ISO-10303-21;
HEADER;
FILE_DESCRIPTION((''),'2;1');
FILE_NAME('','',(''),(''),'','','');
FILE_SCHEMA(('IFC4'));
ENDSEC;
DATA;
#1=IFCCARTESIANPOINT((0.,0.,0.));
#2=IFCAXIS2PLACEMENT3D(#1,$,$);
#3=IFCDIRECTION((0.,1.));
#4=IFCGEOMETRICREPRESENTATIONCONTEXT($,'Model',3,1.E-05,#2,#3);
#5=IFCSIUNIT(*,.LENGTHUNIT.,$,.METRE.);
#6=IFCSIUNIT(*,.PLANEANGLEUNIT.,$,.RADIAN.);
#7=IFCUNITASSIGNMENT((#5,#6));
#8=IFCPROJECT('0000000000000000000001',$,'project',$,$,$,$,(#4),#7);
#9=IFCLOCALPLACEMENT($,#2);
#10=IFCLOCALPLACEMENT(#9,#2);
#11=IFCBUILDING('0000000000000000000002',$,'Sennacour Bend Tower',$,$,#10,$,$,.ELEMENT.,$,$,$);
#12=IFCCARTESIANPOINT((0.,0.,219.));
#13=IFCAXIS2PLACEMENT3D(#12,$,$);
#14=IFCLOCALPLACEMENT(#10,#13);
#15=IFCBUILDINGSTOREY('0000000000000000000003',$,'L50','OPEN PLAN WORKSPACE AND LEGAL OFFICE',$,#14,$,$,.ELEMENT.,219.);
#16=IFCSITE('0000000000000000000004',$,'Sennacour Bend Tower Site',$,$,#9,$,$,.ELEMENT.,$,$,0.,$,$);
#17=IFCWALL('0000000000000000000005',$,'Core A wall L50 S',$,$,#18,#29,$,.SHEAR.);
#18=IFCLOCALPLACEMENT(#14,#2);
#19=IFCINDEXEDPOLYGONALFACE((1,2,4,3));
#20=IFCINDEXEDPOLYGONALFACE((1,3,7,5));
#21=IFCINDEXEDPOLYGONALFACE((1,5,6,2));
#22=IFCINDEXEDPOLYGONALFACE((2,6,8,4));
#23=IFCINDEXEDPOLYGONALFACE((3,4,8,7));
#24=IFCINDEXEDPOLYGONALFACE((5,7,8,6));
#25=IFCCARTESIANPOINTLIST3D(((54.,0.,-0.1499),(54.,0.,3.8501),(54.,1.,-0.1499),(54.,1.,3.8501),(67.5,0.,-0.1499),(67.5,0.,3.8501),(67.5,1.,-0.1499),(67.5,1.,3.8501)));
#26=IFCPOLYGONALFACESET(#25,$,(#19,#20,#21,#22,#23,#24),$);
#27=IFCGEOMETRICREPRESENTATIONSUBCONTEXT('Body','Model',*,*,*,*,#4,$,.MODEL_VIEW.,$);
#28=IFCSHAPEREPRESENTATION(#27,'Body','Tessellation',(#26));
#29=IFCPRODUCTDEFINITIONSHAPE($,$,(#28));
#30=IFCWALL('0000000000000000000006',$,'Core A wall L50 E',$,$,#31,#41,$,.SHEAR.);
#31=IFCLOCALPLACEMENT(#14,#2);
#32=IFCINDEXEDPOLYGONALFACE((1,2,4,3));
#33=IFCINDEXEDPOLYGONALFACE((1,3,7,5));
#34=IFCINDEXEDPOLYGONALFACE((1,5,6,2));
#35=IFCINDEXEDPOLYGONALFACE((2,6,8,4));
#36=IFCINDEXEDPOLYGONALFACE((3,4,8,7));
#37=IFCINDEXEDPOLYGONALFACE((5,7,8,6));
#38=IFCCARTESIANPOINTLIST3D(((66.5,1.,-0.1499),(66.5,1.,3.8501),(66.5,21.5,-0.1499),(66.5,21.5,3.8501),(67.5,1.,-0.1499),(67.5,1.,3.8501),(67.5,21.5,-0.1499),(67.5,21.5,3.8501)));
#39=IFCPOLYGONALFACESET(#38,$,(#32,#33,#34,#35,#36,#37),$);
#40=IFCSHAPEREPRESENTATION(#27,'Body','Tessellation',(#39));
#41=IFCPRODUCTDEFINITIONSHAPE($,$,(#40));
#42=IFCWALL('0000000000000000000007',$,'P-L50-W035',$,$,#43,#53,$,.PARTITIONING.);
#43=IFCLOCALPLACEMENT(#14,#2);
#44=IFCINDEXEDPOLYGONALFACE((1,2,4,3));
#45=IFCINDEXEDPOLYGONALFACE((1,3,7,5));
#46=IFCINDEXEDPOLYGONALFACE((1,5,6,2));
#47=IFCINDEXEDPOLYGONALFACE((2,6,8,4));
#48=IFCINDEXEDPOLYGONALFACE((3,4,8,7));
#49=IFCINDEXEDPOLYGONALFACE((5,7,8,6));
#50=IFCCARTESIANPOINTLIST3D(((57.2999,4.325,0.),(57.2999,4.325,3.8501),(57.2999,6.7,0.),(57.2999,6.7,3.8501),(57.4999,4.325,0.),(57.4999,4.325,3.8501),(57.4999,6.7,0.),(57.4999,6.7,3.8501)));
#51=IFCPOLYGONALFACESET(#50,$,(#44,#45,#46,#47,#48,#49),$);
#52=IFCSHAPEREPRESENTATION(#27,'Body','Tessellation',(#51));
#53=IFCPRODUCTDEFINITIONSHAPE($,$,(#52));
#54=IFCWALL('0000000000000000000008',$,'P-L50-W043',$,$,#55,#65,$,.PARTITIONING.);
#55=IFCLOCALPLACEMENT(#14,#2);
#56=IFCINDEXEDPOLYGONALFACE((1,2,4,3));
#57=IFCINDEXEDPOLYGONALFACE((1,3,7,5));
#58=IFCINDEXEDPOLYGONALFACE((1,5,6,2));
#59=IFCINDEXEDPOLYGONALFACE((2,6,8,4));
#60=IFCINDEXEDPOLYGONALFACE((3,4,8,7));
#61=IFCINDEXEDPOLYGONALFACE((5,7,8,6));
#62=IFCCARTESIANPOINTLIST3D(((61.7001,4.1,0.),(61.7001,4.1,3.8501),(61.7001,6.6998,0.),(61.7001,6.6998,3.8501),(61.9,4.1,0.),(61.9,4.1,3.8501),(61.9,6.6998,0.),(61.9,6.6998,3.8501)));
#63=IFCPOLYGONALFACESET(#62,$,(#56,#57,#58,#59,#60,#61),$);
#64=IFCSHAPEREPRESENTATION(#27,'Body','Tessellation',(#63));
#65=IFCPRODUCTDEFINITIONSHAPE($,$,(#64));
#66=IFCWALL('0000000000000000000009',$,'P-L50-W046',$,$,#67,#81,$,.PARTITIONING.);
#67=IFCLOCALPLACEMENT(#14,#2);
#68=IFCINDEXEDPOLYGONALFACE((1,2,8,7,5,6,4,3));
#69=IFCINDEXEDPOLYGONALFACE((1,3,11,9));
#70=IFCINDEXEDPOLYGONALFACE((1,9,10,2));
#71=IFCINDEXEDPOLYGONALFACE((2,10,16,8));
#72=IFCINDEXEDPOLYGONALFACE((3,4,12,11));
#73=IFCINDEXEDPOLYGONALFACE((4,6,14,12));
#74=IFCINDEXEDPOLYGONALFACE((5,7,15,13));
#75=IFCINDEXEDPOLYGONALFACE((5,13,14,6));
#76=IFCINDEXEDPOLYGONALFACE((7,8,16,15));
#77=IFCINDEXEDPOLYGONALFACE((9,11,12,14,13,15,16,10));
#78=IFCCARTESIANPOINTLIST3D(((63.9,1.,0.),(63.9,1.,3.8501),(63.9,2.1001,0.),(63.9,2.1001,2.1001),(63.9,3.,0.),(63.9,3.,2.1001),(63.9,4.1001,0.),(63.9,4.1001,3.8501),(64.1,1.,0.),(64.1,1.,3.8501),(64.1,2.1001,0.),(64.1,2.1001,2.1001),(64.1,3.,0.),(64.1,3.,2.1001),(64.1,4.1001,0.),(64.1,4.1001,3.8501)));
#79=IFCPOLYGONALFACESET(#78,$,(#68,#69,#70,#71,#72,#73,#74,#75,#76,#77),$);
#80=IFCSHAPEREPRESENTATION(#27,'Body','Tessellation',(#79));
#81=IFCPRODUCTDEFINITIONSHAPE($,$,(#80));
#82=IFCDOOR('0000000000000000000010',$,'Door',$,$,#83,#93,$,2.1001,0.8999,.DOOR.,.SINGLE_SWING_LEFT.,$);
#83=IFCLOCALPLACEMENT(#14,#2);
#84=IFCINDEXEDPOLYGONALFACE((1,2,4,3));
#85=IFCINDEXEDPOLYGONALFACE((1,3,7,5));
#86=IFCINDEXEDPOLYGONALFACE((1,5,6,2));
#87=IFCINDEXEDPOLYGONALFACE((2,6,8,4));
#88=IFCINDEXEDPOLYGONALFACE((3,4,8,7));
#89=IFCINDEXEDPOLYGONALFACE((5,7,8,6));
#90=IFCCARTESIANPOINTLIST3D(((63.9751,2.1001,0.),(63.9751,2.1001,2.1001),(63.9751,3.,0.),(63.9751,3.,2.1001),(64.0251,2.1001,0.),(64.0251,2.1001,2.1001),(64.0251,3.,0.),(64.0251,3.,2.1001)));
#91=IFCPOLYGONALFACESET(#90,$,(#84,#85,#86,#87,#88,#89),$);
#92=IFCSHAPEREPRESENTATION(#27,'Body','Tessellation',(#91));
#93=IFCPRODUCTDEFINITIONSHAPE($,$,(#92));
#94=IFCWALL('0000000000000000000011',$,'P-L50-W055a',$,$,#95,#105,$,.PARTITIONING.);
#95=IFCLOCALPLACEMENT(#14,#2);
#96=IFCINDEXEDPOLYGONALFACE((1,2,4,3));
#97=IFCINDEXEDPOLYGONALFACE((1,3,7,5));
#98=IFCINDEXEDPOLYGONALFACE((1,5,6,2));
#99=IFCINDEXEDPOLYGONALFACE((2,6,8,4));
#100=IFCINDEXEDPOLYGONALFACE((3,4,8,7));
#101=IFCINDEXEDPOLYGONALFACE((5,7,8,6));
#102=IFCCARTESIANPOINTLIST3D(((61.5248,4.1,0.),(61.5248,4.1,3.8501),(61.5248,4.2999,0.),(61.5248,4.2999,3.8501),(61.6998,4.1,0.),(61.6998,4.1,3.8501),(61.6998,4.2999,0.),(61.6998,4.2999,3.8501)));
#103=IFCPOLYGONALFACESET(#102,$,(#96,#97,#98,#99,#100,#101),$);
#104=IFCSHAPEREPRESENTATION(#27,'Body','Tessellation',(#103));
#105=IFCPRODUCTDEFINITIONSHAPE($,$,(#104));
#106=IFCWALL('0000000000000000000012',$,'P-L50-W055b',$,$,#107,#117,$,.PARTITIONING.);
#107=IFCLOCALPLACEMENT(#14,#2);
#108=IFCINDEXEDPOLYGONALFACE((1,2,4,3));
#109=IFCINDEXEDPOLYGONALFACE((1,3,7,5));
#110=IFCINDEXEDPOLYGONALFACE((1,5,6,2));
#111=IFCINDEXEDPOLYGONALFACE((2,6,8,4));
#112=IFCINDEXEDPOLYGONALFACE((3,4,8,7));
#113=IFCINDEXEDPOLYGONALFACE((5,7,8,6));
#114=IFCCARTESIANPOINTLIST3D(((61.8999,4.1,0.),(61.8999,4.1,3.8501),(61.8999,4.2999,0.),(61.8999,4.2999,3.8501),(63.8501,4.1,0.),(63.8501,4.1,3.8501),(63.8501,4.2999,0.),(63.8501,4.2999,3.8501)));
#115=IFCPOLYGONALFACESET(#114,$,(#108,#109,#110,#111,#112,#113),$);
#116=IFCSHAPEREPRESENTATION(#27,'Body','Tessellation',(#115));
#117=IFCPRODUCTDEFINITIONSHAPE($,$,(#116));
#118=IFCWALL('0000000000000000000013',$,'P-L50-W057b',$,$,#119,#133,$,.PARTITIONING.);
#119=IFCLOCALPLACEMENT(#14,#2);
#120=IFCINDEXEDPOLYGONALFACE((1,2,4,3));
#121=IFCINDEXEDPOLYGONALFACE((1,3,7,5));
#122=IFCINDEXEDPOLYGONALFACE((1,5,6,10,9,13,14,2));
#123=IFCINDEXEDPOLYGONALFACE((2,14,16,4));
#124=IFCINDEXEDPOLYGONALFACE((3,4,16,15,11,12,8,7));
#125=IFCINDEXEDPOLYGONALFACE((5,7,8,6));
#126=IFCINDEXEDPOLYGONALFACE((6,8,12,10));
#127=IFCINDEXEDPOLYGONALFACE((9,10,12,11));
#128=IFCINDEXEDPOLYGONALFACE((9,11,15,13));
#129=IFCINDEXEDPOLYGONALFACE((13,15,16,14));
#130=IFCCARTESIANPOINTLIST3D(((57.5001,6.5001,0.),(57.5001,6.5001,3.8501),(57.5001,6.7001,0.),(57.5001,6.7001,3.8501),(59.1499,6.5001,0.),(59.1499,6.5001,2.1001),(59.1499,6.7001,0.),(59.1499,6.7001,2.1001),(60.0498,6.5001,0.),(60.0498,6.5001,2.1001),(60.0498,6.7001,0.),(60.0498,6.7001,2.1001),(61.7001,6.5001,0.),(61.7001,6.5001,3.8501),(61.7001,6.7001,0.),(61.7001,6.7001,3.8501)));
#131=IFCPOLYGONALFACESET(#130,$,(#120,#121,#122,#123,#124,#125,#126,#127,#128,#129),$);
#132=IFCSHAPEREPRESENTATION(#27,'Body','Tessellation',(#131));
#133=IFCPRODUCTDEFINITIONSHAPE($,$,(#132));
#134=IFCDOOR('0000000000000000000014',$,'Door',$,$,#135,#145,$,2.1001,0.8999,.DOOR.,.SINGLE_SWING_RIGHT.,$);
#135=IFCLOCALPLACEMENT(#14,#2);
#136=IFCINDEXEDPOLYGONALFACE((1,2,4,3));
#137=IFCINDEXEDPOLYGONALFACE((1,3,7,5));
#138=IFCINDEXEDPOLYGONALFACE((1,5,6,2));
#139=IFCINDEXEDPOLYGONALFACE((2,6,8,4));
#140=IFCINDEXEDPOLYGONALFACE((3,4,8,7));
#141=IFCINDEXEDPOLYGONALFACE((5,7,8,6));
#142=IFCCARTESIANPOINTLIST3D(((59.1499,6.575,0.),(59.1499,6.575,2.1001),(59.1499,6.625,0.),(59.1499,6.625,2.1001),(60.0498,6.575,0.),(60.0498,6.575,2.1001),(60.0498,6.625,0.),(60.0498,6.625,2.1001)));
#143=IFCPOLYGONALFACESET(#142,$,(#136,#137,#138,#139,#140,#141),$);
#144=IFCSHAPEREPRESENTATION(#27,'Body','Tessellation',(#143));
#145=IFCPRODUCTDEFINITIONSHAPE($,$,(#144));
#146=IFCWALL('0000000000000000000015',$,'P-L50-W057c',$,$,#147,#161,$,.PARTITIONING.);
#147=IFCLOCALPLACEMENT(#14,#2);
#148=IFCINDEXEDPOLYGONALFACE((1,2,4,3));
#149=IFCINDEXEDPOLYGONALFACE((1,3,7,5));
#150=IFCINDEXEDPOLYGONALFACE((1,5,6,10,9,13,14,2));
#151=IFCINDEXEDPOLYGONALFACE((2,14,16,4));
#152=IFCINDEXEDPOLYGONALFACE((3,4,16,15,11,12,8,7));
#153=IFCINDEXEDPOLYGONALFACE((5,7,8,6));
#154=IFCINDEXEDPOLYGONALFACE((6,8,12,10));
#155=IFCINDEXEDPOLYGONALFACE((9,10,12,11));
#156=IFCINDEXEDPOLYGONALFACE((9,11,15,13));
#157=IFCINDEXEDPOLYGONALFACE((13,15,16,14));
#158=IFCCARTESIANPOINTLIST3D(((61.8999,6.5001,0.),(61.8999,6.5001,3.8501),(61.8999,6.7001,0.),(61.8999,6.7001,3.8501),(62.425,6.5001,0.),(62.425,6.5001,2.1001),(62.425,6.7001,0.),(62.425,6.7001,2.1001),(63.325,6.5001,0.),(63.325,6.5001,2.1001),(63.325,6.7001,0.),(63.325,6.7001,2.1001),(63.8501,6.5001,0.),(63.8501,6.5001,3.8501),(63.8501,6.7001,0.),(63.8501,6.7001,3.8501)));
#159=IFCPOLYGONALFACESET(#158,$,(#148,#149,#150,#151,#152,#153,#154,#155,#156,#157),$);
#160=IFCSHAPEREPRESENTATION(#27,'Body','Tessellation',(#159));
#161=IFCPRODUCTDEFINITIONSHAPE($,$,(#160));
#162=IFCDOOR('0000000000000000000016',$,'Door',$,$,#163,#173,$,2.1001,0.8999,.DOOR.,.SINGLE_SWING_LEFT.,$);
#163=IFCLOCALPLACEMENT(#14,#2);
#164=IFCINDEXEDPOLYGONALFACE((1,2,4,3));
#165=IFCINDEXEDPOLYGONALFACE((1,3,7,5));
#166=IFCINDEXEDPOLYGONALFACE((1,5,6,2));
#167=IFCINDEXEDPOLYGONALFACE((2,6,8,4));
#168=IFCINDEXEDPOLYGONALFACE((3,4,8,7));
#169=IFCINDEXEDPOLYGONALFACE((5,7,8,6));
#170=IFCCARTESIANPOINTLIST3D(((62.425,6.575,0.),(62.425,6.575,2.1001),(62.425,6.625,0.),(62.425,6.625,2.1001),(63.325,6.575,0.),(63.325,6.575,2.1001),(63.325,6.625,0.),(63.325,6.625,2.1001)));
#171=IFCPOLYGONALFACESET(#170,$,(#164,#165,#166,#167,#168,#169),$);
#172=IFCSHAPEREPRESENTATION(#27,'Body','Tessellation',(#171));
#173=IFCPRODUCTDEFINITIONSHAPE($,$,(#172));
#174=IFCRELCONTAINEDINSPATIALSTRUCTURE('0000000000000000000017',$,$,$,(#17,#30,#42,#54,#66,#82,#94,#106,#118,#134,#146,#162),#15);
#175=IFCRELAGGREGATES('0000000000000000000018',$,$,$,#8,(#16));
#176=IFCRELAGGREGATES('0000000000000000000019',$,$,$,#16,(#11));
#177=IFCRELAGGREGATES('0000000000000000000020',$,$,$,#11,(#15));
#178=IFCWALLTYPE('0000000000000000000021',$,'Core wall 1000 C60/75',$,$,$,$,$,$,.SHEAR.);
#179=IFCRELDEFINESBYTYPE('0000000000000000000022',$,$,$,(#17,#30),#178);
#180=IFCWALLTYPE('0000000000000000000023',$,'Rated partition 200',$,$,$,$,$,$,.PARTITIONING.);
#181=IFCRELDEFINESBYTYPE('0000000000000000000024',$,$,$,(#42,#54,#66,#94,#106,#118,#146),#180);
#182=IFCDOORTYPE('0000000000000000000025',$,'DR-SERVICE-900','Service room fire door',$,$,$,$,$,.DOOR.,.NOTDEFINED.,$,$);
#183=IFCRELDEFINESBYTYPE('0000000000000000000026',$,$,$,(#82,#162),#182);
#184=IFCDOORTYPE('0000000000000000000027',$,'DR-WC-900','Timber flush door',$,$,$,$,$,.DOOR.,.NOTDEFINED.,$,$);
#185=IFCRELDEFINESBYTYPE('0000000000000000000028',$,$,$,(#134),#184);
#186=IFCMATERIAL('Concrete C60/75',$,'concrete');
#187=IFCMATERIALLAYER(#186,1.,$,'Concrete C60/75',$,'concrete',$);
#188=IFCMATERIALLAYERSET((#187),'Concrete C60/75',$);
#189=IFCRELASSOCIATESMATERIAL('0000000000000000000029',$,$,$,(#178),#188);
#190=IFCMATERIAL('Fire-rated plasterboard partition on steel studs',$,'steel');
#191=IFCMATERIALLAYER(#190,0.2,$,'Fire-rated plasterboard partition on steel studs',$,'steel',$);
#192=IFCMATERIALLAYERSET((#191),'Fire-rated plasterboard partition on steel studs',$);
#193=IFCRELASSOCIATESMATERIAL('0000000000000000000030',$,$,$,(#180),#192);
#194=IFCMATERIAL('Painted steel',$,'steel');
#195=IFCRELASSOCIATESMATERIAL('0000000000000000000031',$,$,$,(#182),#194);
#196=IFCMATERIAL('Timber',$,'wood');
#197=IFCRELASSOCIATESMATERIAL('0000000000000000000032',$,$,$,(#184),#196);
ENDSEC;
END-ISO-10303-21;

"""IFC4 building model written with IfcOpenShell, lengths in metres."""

from ifc_helpers import new_model, si_unit, direction, frame, frame_2d, origin, place, context, subcontext, project, spatial, rectangle, extrude, material, layer, layer_set, type_object, element, fill, save


model = new_model("IFC4")

# Units and contexts
model_context = context("Model", 3, precision=1e-05, world=origin(), true_north=direction((0.0, 1.0)))
body_context = subcontext(model_context, "Body", "Model", "MODEL_VIEW")
ifc_project = project(units=[si_unit("LENGTHUNIT", "METRE"), si_unit("PLANEANGLEUNIT", "RADIAN")], contexts=[model_context])

# Site, building, storey
site_placement = place(None, origin())
site = spatial("IfcSite", under=ifc_project, at=site_placement, Name="Sennacour Bend Tower Site", CompositionType="ELEMENT", RefElevation=0.0)
building_placement = place(site_placement, origin())
building = spatial("IfcBuilding", under=site, at=building_placement, Name="Sennacour Bend Tower", CompositionType="ELEMENT")
storey_placement = place(building_placement, frame((0.0, 0.0, 219.0)))
storey = spatial("IfcBuildingStorey", under=building, at=storey_placement, Name="L50", Description="OPEN PLAN WORKSPACE AND LEGAL OFFICE", CompositionType="ELEMENT", Elevation=219.0)

# Walls
ifc_material_1 = material(Name="Concrete C60/75", Category="concrete")
ifc_layer_1 = layer(ifc_material_1, 1.0, Name="Concrete C60/75", Category="concrete")
ifc_layer_set_1 = layer_set([ifc_layer_1], Name="Concrete C60/75")
wall_type_1 = type_object("IfcWallType", Name="Core wall 1000 C60/75", PredefinedType="SHEAR", material=ifc_layer_set_1)
wall_1_placement = place(storey_placement, frame((67.5, 0.5, -0.1499), z_axis=(0.0, 0.0, 1.0), x_axis=(-1.0, 0.0, 0.0)))
element("IfcWall", 1, at=wall_1_placement, inside=storey, type_object=wall_type_1, Name="Core A wall L50 S", PredefinedType="SHEAR", context=body_context, shape_type="SweptSolid", body=[
    extrude(rectangle(XDim=13.5, YDim=1.0, at=frame_2d((6.75, 0.0))), origin(), (0.0, 0.0, 1.0), 4.0),
])
wall_2_placement = place(storey_placement, frame((67.0, 1.0, -0.1499), z_axis=(0.0, 0.0, 1.0), x_axis=(0.0, 1.0, 0.0)))
element("IfcWall", 2, at=wall_2_placement, inside=storey, type_object=wall_type_1, Name="Core A wall L50 E", PredefinedType="SHEAR", context=body_context, shape_type="SweptSolid", body=[
    extrude(rectangle(XDim=20.5, YDim=1.0, at=frame_2d((10.25, 0.0))), origin(), (0.0, 0.0, 1.0), 4.0),
])
ifc_material_2 = material(Name="Fire-rated plasterboard partition on steel studs", Category="steel")
ifc_layer_2 = layer(ifc_material_2, 0.2, Name="Fire-rated plasterboard partition on steel studs", Category="steel")
ifc_layer_set_2 = layer_set([ifc_layer_2], Name="Fire-rated plasterboard partition on steel studs")
wall_type_2 = type_object("IfcWallType", Name="Rated partition 200", PredefinedType="PARTITIONING", material=ifc_layer_set_2)
wall_3_placement = place(storey_placement, frame((57.3999, 4.325, 0.0), z_axis=(0.0, 0.0, 1.0), x_axis=(0.0, 1.0, 0.0)))
element("IfcWall", 3, at=wall_3_placement, inside=storey, type_object=wall_type_2, Name="P-L50-W035", PredefinedType="PARTITIONING", context=body_context, shape_type="SweptSolid", body=[
    extrude(rectangle(XDim=2.375, YDim=0.2, at=frame_2d((1.1875, 0.0))), origin(), (0.0, 0.0, 1.0), 3.8501),
])
wall_4_placement = place(storey_placement, frame((61.8, 4.1001, 0.0), z_axis=(0.0, 0.0, 1.0), x_axis=(0.0, 1.0, 0.0)))
element("IfcWall", 4, at=wall_4_placement, inside=storey, type_object=wall_type_2, Name="P-L50-W043", PredefinedType="PARTITIONING", context=body_context, shape_type="SweptSolid", body=[
    extrude(rectangle(XDim=2.5999, YDim=0.2, at=frame_2d((1.2998, 0.0))), origin(), (0.0, 0.0, 1.0), 3.8501),
])

# Wall, opening, door
wall_5_placement = place(storey_placement, frame((64.0, 1.0, 0.0), z_axis=(0.0, 0.0, 1.0), x_axis=(0.0, 1.0, 0.0)))
wall_5 = element("IfcWall", 5, at=wall_5_placement, inside=storey, type_object=wall_type_2, Name="P-L50-W046", PredefinedType="PARTITIONING", context=body_context, shape_type="SweptSolid", body=[
    extrude(rectangle(XDim=3.1001, YDim=0.2, at=frame_2d((1.55, 0.0))), origin(), (0.0, 0.0, 1.0), 3.8501),
])
opening_1_placement = place(wall_5_placement, frame((1.1001, 0.0, 0.0)))
opening_1 = element("IfcOpeningElement", 6, at=opening_1_placement, cuts=wall_5, PredefinedType="OPENING", context=body_context, shape_type="SweptSolid", body=[
    extrude(rectangle(XDim=0.8999, YDim=2.1001, at=frame_2d((0.45, 1.05))), frame((0.0, 0.1099, 0.0), z_axis=(0.0, -1.0, 0.0), x_axis=(1.0, 0.0, 0.0)), (0.0, 0.0, 1.0), 0.22),
])
ifc_material_3 = material(Name="Painted steel", Category="steel")
door_type_1 = type_object("IfcDoorType", Name="DR-SERVICE-900", Description="Service room fire door", OperationType="NOTDEFINED", PredefinedType="DOOR", material=ifc_material_3)
door_1_placement = place(opening_1_placement, origin())
door_1 = element("IfcDoor", 7, at=door_1_placement, inside=storey, type_object=door_type_1, Name="Door", OperationType="SINGLE_SWING_LEFT", OverallHeight=2.1001, OverallWidth=0.8999, PredefinedType="DOOR", context=body_context, shape_type="SweptSolid", body=[
    extrude(rectangle(XDim=0.8999, YDim=2.1001, at=frame_2d((0.45, 1.05))), frame((0.0, 0.0249, 0.0), z_axis=(0.0, -1.0, 0.0), x_axis=(1.0, 0.0, 0.0)), (0.0, 0.0, 1.0), 0.05),
])
fill(opening_1, door_1)

# Walls
wall_6_placement = place(storey_placement, frame((61.5249, 4.2, 0.0), z_axis=(0.0, 0.0, 1.0), x_axis=(1.0, 0.0, 0.0)))
element("IfcWall", 8, at=wall_6_placement, inside=storey, type_object=wall_type_2, Name="P-L50-W055a", PredefinedType="PARTITIONING", context=body_context, shape_type="SweptSolid", body=[
    extrude(rectangle(XDim=0.175, YDim=0.2, at=frame_2d((0.0874, 0.0))), origin(), (0.0, 0.0, 1.0), 3.8501),
])
wall_7_placement = place(storey_placement, frame((61.8999, 4.2, 0.0), z_axis=(0.0, 0.0, 1.0), x_axis=(1.0, 0.0, 0.0)))
element("IfcWall", 9, at=wall_7_placement, inside=storey, type_object=wall_type_2, Name="P-L50-W055b", PredefinedType="PARTITIONING", context=body_context, shape_type="SweptSolid", body=[
    extrude(rectangle(XDim=1.9502, YDim=0.2, at=frame_2d((0.9751, 0.0))), origin(), (0.0, 0.0, 1.0), 3.8501),
])

# Walls, openings, doors
wall_8_placement = place(storey_placement, frame((57.5, 6.6001, 0.0), z_axis=(0.0, 0.0, 1.0), x_axis=(1.0, 0.0, 0.0)))
wall_8 = element("IfcWall", 10, at=wall_8_placement, inside=storey, type_object=wall_type_2, Name="P-L50-W057b", PredefinedType="PARTITIONING", context=body_context, shape_type="SweptSolid", body=[
    extrude(rectangle(XDim=4.2, YDim=0.2, at=frame_2d((2.1001, 0.0))), origin(), (0.0, 0.0, 1.0), 3.8501),
])
opening_2_placement = place(wall_8_placement, frame((1.6499, 0.0, 0.0)))
opening_2 = element("IfcOpeningElement", 11, at=opening_2_placement, cuts=wall_8, PredefinedType="OPENING", context=body_context, shape_type="SweptSolid", body=[
    extrude(rectangle(XDim=0.8999, YDim=2.1001, at=frame_2d((0.45, 1.05))), frame((0.0, 0.1099, 0.0), z_axis=(0.0, -1.0, 0.0), x_axis=(1.0, 0.0, 0.0)), (0.0, 0.0, 1.0), 0.22),
])
ifc_material_4 = material(Name="Timber", Category="wood")
door_type_2 = type_object("IfcDoorType", Name="DR-WC-900", Description="Timber flush door", OperationType="NOTDEFINED", PredefinedType="DOOR", material=ifc_material_4)
door_2_placement = place(opening_2_placement, origin())
door_2 = element("IfcDoor", 12, at=door_2_placement, inside=storey, type_object=door_type_2, Name="Door", OperationType="SINGLE_SWING_RIGHT", OverallHeight=2.1001, OverallWidth=0.8999, PredefinedType="DOOR", context=body_context, shape_type="SweptSolid", body=[
    extrude(rectangle(XDim=0.8999, YDim=2.1001, at=frame_2d((0.45, 1.05))), frame((0.0, 0.0249, 0.0), z_axis=(0.0, -1.0, 0.0), x_axis=(1.0, 0.0, 0.0)), (0.0, 0.0, 1.0), 0.05),
])
fill(opening_2, door_2)
wall_9_placement = place(storey_placement, frame((61.8999, 6.6001, 0.0), z_axis=(0.0, 0.0, 1.0), x_axis=(1.0, 0.0, 0.0)))
wall_9 = element("IfcWall", 13, at=wall_9_placement, inside=storey, type_object=wall_type_2, Name="P-L50-W057c", PredefinedType="PARTITIONING", context=body_context, shape_type="SweptSolid", body=[
    extrude(rectangle(XDim=1.9502, YDim=0.2, at=frame_2d((0.9751, 0.0))), origin(), (0.0, 0.0, 1.0), 3.8501),
])
opening_3_placement = place(wall_9_placement, frame((0.5251, 0.0, 0.0)))
opening_3 = element("IfcOpeningElement", 14, at=opening_3_placement, cuts=wall_9, PredefinedType="OPENING", context=body_context, shape_type="SweptSolid", body=[
    extrude(rectangle(XDim=0.8999, YDim=2.1001, at=frame_2d((0.45, 1.05))), frame((0.0, 0.1099, 0.0), z_axis=(0.0, -1.0, 0.0), x_axis=(1.0, 0.0, 0.0)), (0.0, 0.0, 1.0), 0.22),
])
door_3_placement = place(opening_3_placement, origin())
door_3 = element("IfcDoor", 15, at=door_3_placement, inside=storey, type_object=door_type_1, Name="Door", OperationType="SINGLE_SWING_LEFT", OverallHeight=2.1001, OverallWidth=0.8999, PredefinedType="DOOR", context=body_context, shape_type="SweptSolid", body=[
    extrude(rectangle(XDim=0.8999, YDim=2.1001, at=frame_2d((0.45, 1.05))), frame((0.0, 0.0249, 0.0), z_axis=(0.0, -1.0, 0.0), x_axis=(1.0, 0.0, 0.0)), (0.0, 0.0, 1.0), 0.05),
])
fill(opening_3, door_3)

save(model, "model.ifc")
